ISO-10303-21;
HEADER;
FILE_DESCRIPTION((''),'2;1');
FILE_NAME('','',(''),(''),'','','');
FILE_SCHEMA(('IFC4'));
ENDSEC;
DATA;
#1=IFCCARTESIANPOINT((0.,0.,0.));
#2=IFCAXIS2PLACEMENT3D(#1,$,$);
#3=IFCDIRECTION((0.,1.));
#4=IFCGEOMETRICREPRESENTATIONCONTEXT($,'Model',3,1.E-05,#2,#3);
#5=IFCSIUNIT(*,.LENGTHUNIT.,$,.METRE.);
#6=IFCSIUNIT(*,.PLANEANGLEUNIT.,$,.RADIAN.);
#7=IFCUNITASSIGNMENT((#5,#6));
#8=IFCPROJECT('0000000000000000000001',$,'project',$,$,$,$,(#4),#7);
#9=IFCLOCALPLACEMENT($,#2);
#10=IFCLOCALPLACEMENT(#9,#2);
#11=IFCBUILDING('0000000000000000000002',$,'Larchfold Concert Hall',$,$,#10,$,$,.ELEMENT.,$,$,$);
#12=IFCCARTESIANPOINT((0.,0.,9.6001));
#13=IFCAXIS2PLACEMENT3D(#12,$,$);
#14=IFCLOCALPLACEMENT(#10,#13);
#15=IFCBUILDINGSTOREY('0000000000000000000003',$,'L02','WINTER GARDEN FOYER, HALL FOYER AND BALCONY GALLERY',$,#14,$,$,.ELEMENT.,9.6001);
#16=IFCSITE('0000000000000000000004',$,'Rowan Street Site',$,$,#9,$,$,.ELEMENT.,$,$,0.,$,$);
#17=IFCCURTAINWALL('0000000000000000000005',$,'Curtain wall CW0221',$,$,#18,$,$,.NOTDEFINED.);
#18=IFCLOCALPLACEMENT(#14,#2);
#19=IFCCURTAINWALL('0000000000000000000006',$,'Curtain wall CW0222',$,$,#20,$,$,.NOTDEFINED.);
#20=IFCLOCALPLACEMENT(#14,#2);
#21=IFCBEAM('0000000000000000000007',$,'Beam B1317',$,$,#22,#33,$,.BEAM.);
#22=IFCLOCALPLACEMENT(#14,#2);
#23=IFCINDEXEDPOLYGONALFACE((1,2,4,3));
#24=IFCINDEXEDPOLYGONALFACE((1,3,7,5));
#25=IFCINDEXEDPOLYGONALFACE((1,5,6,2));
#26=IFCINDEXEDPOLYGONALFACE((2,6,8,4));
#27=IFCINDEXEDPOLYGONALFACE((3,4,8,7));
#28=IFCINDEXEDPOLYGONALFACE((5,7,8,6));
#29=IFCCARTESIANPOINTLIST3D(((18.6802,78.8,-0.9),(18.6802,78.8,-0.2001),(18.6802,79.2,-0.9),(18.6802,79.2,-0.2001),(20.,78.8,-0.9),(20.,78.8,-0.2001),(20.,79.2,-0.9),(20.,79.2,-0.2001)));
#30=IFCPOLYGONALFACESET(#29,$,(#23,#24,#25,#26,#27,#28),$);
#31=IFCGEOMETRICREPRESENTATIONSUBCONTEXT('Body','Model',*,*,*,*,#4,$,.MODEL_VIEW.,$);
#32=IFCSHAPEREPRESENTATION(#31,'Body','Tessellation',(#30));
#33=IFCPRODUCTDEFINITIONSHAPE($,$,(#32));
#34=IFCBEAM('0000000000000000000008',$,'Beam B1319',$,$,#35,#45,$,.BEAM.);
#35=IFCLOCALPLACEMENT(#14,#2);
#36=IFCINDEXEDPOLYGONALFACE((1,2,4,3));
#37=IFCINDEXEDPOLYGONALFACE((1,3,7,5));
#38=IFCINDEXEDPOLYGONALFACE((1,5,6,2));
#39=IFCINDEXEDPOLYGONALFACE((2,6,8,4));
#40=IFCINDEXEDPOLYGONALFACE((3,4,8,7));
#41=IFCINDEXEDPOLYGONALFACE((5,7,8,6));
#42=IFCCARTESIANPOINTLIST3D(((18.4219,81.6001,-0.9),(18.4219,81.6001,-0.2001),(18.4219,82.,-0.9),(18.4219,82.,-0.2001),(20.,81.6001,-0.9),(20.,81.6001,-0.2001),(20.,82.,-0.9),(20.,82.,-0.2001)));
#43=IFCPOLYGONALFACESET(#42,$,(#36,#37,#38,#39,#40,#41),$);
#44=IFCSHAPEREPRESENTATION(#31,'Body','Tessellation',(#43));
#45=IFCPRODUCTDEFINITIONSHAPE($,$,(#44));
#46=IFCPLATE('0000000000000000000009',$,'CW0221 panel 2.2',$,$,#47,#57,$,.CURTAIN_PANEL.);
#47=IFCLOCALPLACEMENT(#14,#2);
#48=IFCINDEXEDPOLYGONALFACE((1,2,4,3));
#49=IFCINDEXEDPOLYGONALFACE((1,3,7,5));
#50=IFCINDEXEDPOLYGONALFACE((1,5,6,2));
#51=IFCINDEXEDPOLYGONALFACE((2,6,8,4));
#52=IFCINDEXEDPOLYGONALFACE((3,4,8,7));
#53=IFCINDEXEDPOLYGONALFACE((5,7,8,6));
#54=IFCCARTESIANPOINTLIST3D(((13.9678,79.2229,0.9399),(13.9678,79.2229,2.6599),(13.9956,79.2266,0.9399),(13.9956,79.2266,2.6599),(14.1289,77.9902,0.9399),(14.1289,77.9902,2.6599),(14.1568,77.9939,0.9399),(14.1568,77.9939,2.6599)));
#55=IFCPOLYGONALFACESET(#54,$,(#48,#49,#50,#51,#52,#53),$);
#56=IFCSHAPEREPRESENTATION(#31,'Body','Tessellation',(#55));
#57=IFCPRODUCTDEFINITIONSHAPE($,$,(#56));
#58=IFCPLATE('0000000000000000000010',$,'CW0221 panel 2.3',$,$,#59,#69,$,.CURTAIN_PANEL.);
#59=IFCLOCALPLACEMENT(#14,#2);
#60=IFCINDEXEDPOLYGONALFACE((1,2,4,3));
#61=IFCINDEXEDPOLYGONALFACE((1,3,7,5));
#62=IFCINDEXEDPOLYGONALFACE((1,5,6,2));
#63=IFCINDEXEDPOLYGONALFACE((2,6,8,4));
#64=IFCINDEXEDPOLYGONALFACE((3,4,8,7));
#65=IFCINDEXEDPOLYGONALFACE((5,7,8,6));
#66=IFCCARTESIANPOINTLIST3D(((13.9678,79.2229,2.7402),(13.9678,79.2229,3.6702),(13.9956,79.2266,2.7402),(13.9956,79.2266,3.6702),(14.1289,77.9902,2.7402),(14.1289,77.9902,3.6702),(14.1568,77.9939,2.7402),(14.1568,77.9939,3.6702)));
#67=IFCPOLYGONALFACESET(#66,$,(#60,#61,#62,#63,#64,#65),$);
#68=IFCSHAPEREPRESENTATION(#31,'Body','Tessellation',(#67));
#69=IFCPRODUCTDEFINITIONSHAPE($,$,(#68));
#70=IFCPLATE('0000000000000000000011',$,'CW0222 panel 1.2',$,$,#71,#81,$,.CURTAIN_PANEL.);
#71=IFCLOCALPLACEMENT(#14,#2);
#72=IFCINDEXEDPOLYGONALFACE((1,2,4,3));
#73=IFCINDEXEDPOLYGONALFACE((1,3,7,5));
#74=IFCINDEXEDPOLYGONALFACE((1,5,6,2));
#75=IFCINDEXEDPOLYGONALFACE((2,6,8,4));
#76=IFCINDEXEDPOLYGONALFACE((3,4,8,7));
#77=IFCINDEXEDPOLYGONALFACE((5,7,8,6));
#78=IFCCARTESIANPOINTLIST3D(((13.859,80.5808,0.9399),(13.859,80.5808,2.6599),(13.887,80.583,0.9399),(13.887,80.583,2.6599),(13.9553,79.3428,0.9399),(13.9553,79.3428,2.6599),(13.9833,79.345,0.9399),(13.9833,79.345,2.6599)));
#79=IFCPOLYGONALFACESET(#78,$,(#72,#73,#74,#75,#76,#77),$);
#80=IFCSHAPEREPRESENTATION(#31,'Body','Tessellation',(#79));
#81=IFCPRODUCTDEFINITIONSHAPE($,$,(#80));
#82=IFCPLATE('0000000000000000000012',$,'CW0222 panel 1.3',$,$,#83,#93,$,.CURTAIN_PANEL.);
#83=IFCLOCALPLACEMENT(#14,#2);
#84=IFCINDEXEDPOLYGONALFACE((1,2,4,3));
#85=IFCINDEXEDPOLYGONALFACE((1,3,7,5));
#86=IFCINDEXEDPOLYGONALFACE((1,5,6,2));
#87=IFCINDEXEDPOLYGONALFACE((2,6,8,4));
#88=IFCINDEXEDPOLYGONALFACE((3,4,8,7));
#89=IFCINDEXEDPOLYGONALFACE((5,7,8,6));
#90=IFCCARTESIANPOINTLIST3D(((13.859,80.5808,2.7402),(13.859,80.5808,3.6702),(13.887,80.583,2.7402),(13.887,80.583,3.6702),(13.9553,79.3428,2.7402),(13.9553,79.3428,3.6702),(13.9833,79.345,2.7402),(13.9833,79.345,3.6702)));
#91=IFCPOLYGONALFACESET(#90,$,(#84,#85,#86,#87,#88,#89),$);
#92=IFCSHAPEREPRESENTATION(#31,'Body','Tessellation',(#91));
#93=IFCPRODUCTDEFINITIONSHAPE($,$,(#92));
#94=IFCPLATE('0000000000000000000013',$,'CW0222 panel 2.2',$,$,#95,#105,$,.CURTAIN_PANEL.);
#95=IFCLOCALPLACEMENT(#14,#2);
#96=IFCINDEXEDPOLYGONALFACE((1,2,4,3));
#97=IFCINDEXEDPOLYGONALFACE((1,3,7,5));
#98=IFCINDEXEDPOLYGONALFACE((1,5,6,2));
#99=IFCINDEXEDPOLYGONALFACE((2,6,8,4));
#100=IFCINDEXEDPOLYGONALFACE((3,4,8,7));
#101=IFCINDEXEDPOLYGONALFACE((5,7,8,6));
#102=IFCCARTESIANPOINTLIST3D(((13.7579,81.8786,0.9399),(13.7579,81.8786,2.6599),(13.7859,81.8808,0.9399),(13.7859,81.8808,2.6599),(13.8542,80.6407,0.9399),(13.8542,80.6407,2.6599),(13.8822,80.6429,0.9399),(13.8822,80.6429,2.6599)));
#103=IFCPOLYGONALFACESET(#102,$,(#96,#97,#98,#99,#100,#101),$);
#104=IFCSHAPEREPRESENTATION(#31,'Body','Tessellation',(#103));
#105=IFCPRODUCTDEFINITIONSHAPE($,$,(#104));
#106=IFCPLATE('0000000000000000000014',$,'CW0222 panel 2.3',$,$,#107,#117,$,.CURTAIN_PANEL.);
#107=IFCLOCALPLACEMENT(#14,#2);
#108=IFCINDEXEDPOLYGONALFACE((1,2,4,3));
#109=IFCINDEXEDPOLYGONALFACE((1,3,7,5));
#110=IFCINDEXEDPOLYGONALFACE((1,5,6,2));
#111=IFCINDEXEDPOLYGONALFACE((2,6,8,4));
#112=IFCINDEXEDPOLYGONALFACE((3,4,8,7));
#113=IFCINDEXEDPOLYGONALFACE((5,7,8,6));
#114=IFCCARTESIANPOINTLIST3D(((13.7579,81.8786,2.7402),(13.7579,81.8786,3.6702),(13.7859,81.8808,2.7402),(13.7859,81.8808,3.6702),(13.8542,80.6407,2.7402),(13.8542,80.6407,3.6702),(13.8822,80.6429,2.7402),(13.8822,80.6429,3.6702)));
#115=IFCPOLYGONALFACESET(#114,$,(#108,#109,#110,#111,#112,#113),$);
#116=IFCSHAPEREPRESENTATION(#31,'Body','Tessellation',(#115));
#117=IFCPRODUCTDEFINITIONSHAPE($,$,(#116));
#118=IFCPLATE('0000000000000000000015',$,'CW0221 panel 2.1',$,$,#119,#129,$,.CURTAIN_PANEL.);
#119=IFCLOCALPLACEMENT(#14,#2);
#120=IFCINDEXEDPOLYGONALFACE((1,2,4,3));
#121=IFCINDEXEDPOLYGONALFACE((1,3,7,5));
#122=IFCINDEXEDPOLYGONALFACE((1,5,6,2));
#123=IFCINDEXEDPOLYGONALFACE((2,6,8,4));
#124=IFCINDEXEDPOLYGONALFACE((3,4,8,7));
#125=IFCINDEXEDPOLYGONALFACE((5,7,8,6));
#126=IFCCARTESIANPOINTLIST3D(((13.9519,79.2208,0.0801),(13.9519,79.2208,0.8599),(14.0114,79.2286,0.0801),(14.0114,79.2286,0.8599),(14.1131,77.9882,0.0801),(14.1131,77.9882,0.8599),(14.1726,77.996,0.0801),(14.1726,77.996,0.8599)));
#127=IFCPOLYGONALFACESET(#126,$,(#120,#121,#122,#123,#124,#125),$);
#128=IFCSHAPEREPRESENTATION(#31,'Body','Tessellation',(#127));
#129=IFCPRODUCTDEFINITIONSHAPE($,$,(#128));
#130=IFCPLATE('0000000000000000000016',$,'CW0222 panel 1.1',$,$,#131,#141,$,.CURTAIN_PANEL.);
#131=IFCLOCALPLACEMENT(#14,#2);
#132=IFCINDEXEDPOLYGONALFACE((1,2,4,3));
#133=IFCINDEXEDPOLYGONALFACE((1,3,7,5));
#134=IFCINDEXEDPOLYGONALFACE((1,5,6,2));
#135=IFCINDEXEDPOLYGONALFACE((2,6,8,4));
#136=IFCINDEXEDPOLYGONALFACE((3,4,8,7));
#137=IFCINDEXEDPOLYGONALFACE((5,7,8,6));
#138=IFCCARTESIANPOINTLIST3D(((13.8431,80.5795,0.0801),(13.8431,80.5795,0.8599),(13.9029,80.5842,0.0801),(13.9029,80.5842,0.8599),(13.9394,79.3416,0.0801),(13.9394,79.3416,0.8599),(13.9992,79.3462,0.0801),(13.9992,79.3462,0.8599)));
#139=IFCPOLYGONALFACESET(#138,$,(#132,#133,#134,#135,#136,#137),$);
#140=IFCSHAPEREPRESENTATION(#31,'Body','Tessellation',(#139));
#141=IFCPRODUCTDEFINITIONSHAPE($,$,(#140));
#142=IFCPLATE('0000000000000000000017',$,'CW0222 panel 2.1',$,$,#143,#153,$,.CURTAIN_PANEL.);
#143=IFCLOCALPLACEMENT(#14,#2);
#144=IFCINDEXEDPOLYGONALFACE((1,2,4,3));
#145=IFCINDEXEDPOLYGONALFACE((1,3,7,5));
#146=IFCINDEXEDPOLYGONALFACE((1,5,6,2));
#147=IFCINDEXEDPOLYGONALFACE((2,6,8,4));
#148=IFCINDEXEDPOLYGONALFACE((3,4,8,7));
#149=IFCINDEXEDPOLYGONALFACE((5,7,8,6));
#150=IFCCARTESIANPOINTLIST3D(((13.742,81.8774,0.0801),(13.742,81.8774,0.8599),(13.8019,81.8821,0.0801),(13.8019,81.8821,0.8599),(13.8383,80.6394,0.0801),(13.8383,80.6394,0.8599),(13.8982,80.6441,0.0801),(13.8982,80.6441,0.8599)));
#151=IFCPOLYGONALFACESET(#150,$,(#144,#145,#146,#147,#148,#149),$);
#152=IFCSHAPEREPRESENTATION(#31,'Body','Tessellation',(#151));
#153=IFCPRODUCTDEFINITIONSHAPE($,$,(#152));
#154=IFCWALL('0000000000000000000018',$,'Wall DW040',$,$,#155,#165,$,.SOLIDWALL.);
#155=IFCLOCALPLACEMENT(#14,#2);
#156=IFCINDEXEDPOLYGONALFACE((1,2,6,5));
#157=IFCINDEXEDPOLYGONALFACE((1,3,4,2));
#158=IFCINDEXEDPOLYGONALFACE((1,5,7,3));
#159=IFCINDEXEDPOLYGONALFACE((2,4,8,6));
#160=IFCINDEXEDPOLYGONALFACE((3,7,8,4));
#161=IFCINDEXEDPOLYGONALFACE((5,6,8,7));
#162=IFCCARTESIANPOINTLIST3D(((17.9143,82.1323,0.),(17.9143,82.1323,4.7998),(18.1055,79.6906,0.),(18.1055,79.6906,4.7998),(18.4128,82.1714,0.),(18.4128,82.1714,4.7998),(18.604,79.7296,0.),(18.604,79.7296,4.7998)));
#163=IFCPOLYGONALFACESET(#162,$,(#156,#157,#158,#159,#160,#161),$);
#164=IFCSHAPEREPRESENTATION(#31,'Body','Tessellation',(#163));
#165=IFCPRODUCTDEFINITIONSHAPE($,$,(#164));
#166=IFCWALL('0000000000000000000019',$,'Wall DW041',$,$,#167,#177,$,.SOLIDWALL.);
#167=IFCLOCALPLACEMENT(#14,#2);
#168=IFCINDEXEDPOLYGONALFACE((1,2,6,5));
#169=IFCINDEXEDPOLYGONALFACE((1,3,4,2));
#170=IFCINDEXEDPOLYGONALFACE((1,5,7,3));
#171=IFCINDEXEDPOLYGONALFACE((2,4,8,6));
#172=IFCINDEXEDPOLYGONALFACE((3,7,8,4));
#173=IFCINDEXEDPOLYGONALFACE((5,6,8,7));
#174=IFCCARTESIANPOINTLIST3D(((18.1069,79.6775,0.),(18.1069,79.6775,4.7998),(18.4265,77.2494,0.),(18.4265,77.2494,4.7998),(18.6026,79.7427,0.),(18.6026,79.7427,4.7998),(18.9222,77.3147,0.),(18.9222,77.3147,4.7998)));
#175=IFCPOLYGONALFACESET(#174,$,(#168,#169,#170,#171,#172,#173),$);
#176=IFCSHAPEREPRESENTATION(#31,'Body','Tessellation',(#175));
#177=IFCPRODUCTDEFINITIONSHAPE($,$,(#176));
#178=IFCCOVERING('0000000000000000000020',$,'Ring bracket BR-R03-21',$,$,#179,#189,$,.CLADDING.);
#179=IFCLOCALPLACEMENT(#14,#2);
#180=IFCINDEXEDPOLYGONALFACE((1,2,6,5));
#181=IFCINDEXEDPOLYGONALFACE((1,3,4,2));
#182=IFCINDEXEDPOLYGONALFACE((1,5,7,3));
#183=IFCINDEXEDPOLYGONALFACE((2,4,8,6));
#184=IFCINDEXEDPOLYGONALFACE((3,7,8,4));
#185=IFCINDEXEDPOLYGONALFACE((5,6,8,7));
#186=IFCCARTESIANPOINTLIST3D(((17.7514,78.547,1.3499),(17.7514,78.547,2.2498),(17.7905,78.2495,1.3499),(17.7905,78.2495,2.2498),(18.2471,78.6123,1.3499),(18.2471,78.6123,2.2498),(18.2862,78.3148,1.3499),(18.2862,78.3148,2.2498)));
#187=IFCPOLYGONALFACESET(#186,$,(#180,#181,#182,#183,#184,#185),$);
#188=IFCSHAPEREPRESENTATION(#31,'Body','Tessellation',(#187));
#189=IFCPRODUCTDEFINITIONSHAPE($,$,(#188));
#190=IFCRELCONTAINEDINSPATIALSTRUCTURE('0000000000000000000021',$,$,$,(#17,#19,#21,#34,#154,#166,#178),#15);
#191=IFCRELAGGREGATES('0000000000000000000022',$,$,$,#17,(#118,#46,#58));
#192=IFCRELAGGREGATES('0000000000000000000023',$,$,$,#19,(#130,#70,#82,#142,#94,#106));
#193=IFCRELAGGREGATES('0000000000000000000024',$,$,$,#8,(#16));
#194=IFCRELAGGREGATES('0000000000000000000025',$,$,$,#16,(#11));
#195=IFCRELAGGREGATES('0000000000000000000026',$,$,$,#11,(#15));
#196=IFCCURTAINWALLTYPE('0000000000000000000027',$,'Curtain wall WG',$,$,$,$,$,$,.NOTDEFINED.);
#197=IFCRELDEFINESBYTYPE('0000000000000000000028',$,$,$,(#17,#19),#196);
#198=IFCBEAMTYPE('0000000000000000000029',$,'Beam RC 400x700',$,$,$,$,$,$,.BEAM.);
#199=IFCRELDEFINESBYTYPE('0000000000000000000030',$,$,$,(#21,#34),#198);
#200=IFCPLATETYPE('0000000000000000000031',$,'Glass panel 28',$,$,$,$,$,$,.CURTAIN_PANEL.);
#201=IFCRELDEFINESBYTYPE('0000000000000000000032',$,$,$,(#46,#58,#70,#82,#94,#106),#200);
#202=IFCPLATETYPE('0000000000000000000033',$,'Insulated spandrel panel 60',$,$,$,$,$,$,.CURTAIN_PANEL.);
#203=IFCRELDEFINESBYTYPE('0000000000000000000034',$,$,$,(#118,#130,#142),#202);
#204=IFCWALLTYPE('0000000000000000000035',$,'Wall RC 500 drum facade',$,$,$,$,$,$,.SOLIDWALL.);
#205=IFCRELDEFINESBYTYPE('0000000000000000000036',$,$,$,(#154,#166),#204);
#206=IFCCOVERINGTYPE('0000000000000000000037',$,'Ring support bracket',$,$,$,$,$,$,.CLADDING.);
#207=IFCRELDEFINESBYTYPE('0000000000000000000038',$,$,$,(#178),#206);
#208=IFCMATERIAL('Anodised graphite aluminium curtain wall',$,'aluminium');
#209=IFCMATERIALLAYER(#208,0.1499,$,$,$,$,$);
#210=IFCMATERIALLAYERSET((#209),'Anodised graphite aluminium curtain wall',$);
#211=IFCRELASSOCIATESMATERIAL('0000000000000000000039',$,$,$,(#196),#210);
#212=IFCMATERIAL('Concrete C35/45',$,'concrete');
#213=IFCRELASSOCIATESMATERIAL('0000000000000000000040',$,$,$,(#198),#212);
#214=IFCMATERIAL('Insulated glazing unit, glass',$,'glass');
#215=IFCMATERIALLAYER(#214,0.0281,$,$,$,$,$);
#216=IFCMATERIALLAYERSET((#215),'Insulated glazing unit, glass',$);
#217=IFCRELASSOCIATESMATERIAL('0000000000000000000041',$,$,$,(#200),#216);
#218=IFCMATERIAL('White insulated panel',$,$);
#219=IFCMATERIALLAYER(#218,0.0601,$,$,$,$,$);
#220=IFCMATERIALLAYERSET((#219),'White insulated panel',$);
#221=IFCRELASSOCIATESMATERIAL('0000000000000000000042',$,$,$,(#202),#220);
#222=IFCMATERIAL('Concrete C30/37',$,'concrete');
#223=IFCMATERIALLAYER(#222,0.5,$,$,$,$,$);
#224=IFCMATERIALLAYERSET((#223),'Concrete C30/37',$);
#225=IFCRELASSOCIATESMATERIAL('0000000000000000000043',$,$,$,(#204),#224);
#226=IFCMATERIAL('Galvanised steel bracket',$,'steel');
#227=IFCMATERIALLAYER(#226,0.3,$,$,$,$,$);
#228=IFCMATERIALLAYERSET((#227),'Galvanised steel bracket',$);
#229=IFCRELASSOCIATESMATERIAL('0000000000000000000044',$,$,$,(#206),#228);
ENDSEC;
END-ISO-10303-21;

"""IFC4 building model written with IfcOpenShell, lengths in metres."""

from ifc_helpers import new_model, si_unit, direction, frame, frame_2d, origin, origin_2d, place, context, subcontext, project, spatial, rectangle, extrude, material, layer, layer_set, material_profile, profile_set, type_object, element, aggregate, save


model = new_model("IFC4")

# Units and contexts
model_context = context("Model", 3, precision=1e-05, world=origin(), true_north=direction((0.0, 1.0)))
body_context = subcontext(model_context, "Body", "Model", "MODEL_VIEW")
ifc_project = project(units=[si_unit("LENGTHUNIT", "METRE"), si_unit("PLANEANGLEUNIT", "RADIAN")], contexts=[model_context])

# Site, building, storey
site_placement = place(None, origin())
site = spatial("IfcSite", under=ifc_project, at=site_placement, Name="Rowan Street Site", CompositionType="ELEMENT", RefElevation=0.0)
building_placement = place(site_placement, origin())
building = spatial("IfcBuilding", under=site, at=building_placement, Name="Larchfold Concert Hall", CompositionType="ELEMENT")
storey_placement = place(building_placement, frame((0.0, 0.0, 9.6001)))
storey = spatial("IfcBuildingStorey", under=building, at=storey_placement, Name="L02", Description="WINTER GARDEN FOYER, HALL FOYER AND BALCONY GALLERY", CompositionType="ELEMENT", Elevation=9.6001)

# Curtain wall
ifc_material_1 = material(Name="Anodised graphite aluminium curtain wall", Category="aluminium")
ifc_layer_1 = layer(ifc_material_1, 0.1499)
ifc_layer_set_1 = layer_set([ifc_layer_1], Name="Anodised graphite aluminium curtain wall")
curtain_wall_type = type_object("IfcCurtainWallType", Name="Curtain wall WG", PredefinedType="NOTDEFINED", material=ifc_layer_set_1)
curtain_wall_1_placement = place(storey_placement, origin())
curtain_wall_1 = element("IfcCurtainWall", 1, at=curtain_wall_1_placement, inside=storey, type_object=curtain_wall_type, Name="Curtain wall CW0221", PredefinedType="NOTDEFINED")

# Curtain wall
curtain_wall_2_placement = place(storey_placement, origin())
curtain_wall_2 = element("IfcCurtainWall", 2, at=curtain_wall_2_placement, inside=storey, type_object=curtain_wall_type, Name="Curtain wall CW0222", PredefinedType="NOTDEFINED")

# Beams
ifc_material_2 = material(Name="Concrete C35/45", Category="concrete")
ifc_material_profile_1 = material_profile(ifc_material_2, rectangle(XDim=0.3999, YDim=0.7, at=origin_2d()))
ifc_profile_set_1 = profile_set([ifc_material_profile_1], Name="Concrete C35/45")
beam_type = type_object("IfcBeamType", Name="Beam RC 400x700", PredefinedType="BEAM", material=ifc_profile_set_1)
beam_1_placement = place(storey_placement, frame((18.6802, 79.0, -0.55), z_axis=(1.0, 0.0, 0.0), x_axis=(0.0, 1.0, 0.0)))
element("IfcBeam", 3, at=beam_1_placement, inside=storey, type_object=beam_type, Name="Beam B1317", PredefinedType="BEAM", context=body_context, shape_type="SweptSolid", body=[
    extrude(rectangle(XDim=0.3999, YDim=0.7, at=origin_2d()), origin(), (0.0, 0.0, 1.0), 1.3198),
])
beam_2_placement = place(storey_placement, frame((18.4219, 81.8, -0.55), z_axis=(1.0, 0.0, 0.0), x_axis=(0.0, 1.0, 0.0)))
element("IfcBeam", 4, at=beam_2_placement, inside=storey, type_object=beam_type, Name="Beam B1319", PredefinedType="BEAM", context=body_context, shape_type="SweptSolid", body=[
    extrude(rectangle(XDim=0.3999, YDim=0.7, at=origin_2d()), origin(), (0.0, 0.0, 1.0), 1.5781),
])

# Plates
ifc_material_3 = material(Name="Insulated glazing unit, glass", Category="glass")
ifc_layer_2 = layer(ifc_material_3, 0.0281)
ifc_layer_set_2 = layer_set([ifc_layer_2], Name="Insulated glazing unit, glass")
plate_type_1 = type_object("IfcPlateType", Name="Glass panel 28", PredefinedType="CURTAIN_PANEL", material=ifc_layer_set_2)
plate_1_placement = place(storey_placement, frame((14.0623, 78.6084, 0.9399), z_axis=(0.0, 0.0, 1.0), x_axis=(-0.129644, 0.991561, 0.0)))
plate_1 = element("IfcPlate", 5, at=plate_1_placement, type_object=plate_type_1, Name="CW0221 panel 2.2", PredefinedType="CURTAIN_PANEL", context=body_context, shape_type="SweptSolid", body=[
    extrude(rectangle(XDim=1.2432, YDim=0.0281, at=origin_2d()), origin(), (0.0, 0.0, 1.0), 1.72),
])
plate_2_placement = place(storey_placement, frame((14.0623, 78.6084, 2.7402), z_axis=(0.0, 0.0, 1.0), x_axis=(-0.129644, 0.991561, 0.0)))
plate_2 = element("IfcPlate", 6, at=plate_2_placement, type_object=plate_type_1, Name="CW0221 panel 2.3", PredefinedType="CURTAIN_PANEL", context=body_context, shape_type="SweptSolid", body=[
    extrude(rectangle(XDim=1.2432, YDim=0.0281, at=origin_2d()), origin(), (0.0, 0.0, 1.0), 0.9299),
])
plate_3_placement = place(storey_placement, frame((13.9211, 79.9629, 0.9399), z_axis=(0.0, 0.0, 1.0), x_axis=(-0.077552, 0.996988, 0.0)))
plate_3 = element("IfcPlate", 7, at=plate_3_placement, type_object=plate_type_1, Name="CW0222 panel 1.2", PredefinedType="CURTAIN_PANEL", context=body_context, shape_type="SweptSolid", body=[
    extrude(rectangle(XDim=1.2417, YDim=0.0281, at=origin_2d()), origin(), (0.0, 0.0, 1.0), 1.72),
])
plate_4_placement = place(storey_placement, frame((13.9211, 79.9629, 2.7402), z_axis=(0.0, 0.0, 1.0), x_axis=(-0.077552, 0.996988, 0.0)))
plate_4 = element("IfcPlate", 8, at=plate_4_placement, type_object=plate_type_1, Name="CW0222 panel 1.3", PredefinedType="CURTAIN_PANEL", context=body_context, shape_type="SweptSolid", body=[
    extrude(rectangle(XDim=1.2417, YDim=0.0281, at=origin_2d()), origin(), (0.0, 0.0, 1.0), 0.9299),
])
plate_5_placement = place(storey_placement, frame((13.8201, 81.2607, 0.9399), z_axis=(0.0, 0.0, 1.0), x_axis=(-0.077552, 0.996988, 0.0)))
plate_5 = element("IfcPlate", 9, at=plate_5_placement, type_object=plate_type_1, Name="CW0222 panel 2.2", PredefinedType="CURTAIN_PANEL", context=body_context, shape_type="SweptSolid", body=[
    extrude(rectangle(XDim=1.2417, YDim=0.0281, at=origin_2d()), origin(), (0.0, 0.0, 1.0), 1.72),
])
plate_6_placement = place(storey_placement, frame((13.8201, 81.2607, 2.7402), z_axis=(0.0, 0.0, 1.0), x_axis=(-0.077552, 0.996988, 0.0)))
plate_6 = element("IfcPlate", 10, at=plate_6_placement, type_object=plate_type_1, Name="CW0222 panel 2.3", PredefinedType="CURTAIN_PANEL", context=body_context, shape_type="SweptSolid", body=[
    extrude(rectangle(XDim=1.2417, YDim=0.0281, at=origin_2d()), origin(), (0.0, 0.0, 1.0), 0.9299),
])
ifc_material_4 = material(Name="White insulated panel")
ifc_layer_3 = layer(ifc_material_4, 0.0601)
ifc_layer_set_3 = layer_set([ifc_layer_3], Name="White insulated panel")
plate_type_2 = type_object("IfcPlateType", Name="Insulated spandrel panel 60", PredefinedType="CURTAIN_PANEL", material=ifc_layer_set_3)
plate_7_placement = place(storey_placement, frame((14.0623, 78.6084, 0.0801), z_axis=(0.0, 0.0, 1.0), x_axis=(-0.129644, 0.991561, 0.0)))
plate_7 = element("IfcPlate", 11, at=plate_7_placement, type_object=plate_type_2, Name="CW0221 panel 2.1", PredefinedType="CURTAIN_PANEL", context=body_context, shape_type="SweptSolid", body=[
    extrude(rectangle(XDim=1.2432, YDim=0.0601, at=origin_2d()), origin(), (0.0, 0.0, 1.0), 0.7798),
])
aggregate(curtain_wall_1, [plate_7, plate_1, plate_2])
plate_8_placement = place(storey_placement, frame((13.9211, 79.9629, 0.0801), z_axis=(0.0, 0.0, 1.0), x_axis=(-0.077552, 0.996988, 0.0)))
plate_8 = element("IfcPlate", 12, at=plate_8_placement, type_object=plate_type_2, Name="CW0222 panel 1.1", PredefinedType="CURTAIN_PANEL", context=body_context, shape_type="SweptSolid", body=[
    extrude(rectangle(XDim=1.2417, YDim=0.0601, at=origin_2d()), origin(), (0.0, 0.0, 1.0), 0.7798),
])
plate_9_placement = place(storey_placement, frame((13.8201, 81.2607, 0.0801), z_axis=(0.0, 0.0, 1.0), x_axis=(-0.077552, 0.996988, 0.0)))
plate_9 = element("IfcPlate", 13, at=plate_9_placement, type_object=plate_type_2, Name="CW0222 panel 2.1", PredefinedType="CURTAIN_PANEL", context=body_context, shape_type="SweptSolid", body=[
    extrude(rectangle(XDim=1.2417, YDim=0.0601, at=origin_2d()), origin(), (0.0, 0.0, 1.0), 0.7798),
])
aggregate(curtain_wall_2, [plate_8, plate_3, plate_4, plate_9, plate_5, plate_6])

# Walls
ifc_material_5 = material(Name="Concrete C30/37", Category="concrete")
ifc_layer_4 = layer(ifc_material_5, 0.5)
ifc_layer_set_4 = layer_set([ifc_layer_4], Name="Concrete C30/37")
wall_type = type_object("IfcWallType", Name="Wall RC 500 drum facade", PredefinedType="SOLIDWALL", material=ifc_layer_set_4)
wall_1_placement = place(storey_placement, frame((18.1636, 82.1519, 0.0), z_axis=(0.0, 0.0, 1.0), x_axis=(0.078053, -0.996949, 0.0)))
element("IfcWall", 14, at=wall_1_placement, inside=storey, type_object=wall_type, Name="Wall DW040", PredefinedType="SOLIDWALL", context=body_context, shape_type="SweptSolid", body=[
    extrude(rectangle(XDim=2.4492, YDim=0.5, at=frame_2d((1.2246, 0.0))), origin(), (0.0, 0.0, 1.0), 4.7998),
])
wall_2_placement = place(storey_placement, frame((18.3547, 79.7102, 0.0), z_axis=(0.0, 0.0, 1.0), x_axis=(0.130498, -0.991449, 0.0)))
element("IfcWall", 15, at=wall_2_placement, inside=storey, type_object=wall_type, Name="Wall DW041", PredefinedType="SOLIDWALL", context=body_context, shape_type="SweptSolid", body=[
    extrude(rectangle(XDim=2.449, YDim=0.5, at=frame_2d((1.2246, 0.0))), origin(), (0.0, 0.0, 1.0), 4.7998),
])

# Covering
ifc_material_6 = material(Name="Galvanised steel bracket", Category="steel")
ifc_layer_5 = layer(ifc_material_6, 0.3)
ifc_layer_set_5 = layer_set([ifc_layer_5], Name="Galvanised steel bracket")
covering_type = type_object("IfcCoveringType", Name="Ring support bracket", PredefinedType="CLADDING", material=ifc_layer_set_5)
covering_1_placement = place(storey_placement, frame((18.0188, 78.4309, 1.3499), z_axis=(0.0, 0.0, 1.0), x_axis=(-0.99145, -0.130488, 0.0)))
element("IfcCovering", 16, at=covering_1_placement, inside=storey, type_object=covering_type, Name="Ring bracket BR-R03-21", PredefinedType="CLADDING", context=body_context, shape_type="SweptSolid", body=[
    extrude(rectangle(XDim=0.5, YDim=0.3, at=origin_2d()), origin(), (0.0, 0.0, 1.0), 0.8999),
])

save(model, "model.ifc")
